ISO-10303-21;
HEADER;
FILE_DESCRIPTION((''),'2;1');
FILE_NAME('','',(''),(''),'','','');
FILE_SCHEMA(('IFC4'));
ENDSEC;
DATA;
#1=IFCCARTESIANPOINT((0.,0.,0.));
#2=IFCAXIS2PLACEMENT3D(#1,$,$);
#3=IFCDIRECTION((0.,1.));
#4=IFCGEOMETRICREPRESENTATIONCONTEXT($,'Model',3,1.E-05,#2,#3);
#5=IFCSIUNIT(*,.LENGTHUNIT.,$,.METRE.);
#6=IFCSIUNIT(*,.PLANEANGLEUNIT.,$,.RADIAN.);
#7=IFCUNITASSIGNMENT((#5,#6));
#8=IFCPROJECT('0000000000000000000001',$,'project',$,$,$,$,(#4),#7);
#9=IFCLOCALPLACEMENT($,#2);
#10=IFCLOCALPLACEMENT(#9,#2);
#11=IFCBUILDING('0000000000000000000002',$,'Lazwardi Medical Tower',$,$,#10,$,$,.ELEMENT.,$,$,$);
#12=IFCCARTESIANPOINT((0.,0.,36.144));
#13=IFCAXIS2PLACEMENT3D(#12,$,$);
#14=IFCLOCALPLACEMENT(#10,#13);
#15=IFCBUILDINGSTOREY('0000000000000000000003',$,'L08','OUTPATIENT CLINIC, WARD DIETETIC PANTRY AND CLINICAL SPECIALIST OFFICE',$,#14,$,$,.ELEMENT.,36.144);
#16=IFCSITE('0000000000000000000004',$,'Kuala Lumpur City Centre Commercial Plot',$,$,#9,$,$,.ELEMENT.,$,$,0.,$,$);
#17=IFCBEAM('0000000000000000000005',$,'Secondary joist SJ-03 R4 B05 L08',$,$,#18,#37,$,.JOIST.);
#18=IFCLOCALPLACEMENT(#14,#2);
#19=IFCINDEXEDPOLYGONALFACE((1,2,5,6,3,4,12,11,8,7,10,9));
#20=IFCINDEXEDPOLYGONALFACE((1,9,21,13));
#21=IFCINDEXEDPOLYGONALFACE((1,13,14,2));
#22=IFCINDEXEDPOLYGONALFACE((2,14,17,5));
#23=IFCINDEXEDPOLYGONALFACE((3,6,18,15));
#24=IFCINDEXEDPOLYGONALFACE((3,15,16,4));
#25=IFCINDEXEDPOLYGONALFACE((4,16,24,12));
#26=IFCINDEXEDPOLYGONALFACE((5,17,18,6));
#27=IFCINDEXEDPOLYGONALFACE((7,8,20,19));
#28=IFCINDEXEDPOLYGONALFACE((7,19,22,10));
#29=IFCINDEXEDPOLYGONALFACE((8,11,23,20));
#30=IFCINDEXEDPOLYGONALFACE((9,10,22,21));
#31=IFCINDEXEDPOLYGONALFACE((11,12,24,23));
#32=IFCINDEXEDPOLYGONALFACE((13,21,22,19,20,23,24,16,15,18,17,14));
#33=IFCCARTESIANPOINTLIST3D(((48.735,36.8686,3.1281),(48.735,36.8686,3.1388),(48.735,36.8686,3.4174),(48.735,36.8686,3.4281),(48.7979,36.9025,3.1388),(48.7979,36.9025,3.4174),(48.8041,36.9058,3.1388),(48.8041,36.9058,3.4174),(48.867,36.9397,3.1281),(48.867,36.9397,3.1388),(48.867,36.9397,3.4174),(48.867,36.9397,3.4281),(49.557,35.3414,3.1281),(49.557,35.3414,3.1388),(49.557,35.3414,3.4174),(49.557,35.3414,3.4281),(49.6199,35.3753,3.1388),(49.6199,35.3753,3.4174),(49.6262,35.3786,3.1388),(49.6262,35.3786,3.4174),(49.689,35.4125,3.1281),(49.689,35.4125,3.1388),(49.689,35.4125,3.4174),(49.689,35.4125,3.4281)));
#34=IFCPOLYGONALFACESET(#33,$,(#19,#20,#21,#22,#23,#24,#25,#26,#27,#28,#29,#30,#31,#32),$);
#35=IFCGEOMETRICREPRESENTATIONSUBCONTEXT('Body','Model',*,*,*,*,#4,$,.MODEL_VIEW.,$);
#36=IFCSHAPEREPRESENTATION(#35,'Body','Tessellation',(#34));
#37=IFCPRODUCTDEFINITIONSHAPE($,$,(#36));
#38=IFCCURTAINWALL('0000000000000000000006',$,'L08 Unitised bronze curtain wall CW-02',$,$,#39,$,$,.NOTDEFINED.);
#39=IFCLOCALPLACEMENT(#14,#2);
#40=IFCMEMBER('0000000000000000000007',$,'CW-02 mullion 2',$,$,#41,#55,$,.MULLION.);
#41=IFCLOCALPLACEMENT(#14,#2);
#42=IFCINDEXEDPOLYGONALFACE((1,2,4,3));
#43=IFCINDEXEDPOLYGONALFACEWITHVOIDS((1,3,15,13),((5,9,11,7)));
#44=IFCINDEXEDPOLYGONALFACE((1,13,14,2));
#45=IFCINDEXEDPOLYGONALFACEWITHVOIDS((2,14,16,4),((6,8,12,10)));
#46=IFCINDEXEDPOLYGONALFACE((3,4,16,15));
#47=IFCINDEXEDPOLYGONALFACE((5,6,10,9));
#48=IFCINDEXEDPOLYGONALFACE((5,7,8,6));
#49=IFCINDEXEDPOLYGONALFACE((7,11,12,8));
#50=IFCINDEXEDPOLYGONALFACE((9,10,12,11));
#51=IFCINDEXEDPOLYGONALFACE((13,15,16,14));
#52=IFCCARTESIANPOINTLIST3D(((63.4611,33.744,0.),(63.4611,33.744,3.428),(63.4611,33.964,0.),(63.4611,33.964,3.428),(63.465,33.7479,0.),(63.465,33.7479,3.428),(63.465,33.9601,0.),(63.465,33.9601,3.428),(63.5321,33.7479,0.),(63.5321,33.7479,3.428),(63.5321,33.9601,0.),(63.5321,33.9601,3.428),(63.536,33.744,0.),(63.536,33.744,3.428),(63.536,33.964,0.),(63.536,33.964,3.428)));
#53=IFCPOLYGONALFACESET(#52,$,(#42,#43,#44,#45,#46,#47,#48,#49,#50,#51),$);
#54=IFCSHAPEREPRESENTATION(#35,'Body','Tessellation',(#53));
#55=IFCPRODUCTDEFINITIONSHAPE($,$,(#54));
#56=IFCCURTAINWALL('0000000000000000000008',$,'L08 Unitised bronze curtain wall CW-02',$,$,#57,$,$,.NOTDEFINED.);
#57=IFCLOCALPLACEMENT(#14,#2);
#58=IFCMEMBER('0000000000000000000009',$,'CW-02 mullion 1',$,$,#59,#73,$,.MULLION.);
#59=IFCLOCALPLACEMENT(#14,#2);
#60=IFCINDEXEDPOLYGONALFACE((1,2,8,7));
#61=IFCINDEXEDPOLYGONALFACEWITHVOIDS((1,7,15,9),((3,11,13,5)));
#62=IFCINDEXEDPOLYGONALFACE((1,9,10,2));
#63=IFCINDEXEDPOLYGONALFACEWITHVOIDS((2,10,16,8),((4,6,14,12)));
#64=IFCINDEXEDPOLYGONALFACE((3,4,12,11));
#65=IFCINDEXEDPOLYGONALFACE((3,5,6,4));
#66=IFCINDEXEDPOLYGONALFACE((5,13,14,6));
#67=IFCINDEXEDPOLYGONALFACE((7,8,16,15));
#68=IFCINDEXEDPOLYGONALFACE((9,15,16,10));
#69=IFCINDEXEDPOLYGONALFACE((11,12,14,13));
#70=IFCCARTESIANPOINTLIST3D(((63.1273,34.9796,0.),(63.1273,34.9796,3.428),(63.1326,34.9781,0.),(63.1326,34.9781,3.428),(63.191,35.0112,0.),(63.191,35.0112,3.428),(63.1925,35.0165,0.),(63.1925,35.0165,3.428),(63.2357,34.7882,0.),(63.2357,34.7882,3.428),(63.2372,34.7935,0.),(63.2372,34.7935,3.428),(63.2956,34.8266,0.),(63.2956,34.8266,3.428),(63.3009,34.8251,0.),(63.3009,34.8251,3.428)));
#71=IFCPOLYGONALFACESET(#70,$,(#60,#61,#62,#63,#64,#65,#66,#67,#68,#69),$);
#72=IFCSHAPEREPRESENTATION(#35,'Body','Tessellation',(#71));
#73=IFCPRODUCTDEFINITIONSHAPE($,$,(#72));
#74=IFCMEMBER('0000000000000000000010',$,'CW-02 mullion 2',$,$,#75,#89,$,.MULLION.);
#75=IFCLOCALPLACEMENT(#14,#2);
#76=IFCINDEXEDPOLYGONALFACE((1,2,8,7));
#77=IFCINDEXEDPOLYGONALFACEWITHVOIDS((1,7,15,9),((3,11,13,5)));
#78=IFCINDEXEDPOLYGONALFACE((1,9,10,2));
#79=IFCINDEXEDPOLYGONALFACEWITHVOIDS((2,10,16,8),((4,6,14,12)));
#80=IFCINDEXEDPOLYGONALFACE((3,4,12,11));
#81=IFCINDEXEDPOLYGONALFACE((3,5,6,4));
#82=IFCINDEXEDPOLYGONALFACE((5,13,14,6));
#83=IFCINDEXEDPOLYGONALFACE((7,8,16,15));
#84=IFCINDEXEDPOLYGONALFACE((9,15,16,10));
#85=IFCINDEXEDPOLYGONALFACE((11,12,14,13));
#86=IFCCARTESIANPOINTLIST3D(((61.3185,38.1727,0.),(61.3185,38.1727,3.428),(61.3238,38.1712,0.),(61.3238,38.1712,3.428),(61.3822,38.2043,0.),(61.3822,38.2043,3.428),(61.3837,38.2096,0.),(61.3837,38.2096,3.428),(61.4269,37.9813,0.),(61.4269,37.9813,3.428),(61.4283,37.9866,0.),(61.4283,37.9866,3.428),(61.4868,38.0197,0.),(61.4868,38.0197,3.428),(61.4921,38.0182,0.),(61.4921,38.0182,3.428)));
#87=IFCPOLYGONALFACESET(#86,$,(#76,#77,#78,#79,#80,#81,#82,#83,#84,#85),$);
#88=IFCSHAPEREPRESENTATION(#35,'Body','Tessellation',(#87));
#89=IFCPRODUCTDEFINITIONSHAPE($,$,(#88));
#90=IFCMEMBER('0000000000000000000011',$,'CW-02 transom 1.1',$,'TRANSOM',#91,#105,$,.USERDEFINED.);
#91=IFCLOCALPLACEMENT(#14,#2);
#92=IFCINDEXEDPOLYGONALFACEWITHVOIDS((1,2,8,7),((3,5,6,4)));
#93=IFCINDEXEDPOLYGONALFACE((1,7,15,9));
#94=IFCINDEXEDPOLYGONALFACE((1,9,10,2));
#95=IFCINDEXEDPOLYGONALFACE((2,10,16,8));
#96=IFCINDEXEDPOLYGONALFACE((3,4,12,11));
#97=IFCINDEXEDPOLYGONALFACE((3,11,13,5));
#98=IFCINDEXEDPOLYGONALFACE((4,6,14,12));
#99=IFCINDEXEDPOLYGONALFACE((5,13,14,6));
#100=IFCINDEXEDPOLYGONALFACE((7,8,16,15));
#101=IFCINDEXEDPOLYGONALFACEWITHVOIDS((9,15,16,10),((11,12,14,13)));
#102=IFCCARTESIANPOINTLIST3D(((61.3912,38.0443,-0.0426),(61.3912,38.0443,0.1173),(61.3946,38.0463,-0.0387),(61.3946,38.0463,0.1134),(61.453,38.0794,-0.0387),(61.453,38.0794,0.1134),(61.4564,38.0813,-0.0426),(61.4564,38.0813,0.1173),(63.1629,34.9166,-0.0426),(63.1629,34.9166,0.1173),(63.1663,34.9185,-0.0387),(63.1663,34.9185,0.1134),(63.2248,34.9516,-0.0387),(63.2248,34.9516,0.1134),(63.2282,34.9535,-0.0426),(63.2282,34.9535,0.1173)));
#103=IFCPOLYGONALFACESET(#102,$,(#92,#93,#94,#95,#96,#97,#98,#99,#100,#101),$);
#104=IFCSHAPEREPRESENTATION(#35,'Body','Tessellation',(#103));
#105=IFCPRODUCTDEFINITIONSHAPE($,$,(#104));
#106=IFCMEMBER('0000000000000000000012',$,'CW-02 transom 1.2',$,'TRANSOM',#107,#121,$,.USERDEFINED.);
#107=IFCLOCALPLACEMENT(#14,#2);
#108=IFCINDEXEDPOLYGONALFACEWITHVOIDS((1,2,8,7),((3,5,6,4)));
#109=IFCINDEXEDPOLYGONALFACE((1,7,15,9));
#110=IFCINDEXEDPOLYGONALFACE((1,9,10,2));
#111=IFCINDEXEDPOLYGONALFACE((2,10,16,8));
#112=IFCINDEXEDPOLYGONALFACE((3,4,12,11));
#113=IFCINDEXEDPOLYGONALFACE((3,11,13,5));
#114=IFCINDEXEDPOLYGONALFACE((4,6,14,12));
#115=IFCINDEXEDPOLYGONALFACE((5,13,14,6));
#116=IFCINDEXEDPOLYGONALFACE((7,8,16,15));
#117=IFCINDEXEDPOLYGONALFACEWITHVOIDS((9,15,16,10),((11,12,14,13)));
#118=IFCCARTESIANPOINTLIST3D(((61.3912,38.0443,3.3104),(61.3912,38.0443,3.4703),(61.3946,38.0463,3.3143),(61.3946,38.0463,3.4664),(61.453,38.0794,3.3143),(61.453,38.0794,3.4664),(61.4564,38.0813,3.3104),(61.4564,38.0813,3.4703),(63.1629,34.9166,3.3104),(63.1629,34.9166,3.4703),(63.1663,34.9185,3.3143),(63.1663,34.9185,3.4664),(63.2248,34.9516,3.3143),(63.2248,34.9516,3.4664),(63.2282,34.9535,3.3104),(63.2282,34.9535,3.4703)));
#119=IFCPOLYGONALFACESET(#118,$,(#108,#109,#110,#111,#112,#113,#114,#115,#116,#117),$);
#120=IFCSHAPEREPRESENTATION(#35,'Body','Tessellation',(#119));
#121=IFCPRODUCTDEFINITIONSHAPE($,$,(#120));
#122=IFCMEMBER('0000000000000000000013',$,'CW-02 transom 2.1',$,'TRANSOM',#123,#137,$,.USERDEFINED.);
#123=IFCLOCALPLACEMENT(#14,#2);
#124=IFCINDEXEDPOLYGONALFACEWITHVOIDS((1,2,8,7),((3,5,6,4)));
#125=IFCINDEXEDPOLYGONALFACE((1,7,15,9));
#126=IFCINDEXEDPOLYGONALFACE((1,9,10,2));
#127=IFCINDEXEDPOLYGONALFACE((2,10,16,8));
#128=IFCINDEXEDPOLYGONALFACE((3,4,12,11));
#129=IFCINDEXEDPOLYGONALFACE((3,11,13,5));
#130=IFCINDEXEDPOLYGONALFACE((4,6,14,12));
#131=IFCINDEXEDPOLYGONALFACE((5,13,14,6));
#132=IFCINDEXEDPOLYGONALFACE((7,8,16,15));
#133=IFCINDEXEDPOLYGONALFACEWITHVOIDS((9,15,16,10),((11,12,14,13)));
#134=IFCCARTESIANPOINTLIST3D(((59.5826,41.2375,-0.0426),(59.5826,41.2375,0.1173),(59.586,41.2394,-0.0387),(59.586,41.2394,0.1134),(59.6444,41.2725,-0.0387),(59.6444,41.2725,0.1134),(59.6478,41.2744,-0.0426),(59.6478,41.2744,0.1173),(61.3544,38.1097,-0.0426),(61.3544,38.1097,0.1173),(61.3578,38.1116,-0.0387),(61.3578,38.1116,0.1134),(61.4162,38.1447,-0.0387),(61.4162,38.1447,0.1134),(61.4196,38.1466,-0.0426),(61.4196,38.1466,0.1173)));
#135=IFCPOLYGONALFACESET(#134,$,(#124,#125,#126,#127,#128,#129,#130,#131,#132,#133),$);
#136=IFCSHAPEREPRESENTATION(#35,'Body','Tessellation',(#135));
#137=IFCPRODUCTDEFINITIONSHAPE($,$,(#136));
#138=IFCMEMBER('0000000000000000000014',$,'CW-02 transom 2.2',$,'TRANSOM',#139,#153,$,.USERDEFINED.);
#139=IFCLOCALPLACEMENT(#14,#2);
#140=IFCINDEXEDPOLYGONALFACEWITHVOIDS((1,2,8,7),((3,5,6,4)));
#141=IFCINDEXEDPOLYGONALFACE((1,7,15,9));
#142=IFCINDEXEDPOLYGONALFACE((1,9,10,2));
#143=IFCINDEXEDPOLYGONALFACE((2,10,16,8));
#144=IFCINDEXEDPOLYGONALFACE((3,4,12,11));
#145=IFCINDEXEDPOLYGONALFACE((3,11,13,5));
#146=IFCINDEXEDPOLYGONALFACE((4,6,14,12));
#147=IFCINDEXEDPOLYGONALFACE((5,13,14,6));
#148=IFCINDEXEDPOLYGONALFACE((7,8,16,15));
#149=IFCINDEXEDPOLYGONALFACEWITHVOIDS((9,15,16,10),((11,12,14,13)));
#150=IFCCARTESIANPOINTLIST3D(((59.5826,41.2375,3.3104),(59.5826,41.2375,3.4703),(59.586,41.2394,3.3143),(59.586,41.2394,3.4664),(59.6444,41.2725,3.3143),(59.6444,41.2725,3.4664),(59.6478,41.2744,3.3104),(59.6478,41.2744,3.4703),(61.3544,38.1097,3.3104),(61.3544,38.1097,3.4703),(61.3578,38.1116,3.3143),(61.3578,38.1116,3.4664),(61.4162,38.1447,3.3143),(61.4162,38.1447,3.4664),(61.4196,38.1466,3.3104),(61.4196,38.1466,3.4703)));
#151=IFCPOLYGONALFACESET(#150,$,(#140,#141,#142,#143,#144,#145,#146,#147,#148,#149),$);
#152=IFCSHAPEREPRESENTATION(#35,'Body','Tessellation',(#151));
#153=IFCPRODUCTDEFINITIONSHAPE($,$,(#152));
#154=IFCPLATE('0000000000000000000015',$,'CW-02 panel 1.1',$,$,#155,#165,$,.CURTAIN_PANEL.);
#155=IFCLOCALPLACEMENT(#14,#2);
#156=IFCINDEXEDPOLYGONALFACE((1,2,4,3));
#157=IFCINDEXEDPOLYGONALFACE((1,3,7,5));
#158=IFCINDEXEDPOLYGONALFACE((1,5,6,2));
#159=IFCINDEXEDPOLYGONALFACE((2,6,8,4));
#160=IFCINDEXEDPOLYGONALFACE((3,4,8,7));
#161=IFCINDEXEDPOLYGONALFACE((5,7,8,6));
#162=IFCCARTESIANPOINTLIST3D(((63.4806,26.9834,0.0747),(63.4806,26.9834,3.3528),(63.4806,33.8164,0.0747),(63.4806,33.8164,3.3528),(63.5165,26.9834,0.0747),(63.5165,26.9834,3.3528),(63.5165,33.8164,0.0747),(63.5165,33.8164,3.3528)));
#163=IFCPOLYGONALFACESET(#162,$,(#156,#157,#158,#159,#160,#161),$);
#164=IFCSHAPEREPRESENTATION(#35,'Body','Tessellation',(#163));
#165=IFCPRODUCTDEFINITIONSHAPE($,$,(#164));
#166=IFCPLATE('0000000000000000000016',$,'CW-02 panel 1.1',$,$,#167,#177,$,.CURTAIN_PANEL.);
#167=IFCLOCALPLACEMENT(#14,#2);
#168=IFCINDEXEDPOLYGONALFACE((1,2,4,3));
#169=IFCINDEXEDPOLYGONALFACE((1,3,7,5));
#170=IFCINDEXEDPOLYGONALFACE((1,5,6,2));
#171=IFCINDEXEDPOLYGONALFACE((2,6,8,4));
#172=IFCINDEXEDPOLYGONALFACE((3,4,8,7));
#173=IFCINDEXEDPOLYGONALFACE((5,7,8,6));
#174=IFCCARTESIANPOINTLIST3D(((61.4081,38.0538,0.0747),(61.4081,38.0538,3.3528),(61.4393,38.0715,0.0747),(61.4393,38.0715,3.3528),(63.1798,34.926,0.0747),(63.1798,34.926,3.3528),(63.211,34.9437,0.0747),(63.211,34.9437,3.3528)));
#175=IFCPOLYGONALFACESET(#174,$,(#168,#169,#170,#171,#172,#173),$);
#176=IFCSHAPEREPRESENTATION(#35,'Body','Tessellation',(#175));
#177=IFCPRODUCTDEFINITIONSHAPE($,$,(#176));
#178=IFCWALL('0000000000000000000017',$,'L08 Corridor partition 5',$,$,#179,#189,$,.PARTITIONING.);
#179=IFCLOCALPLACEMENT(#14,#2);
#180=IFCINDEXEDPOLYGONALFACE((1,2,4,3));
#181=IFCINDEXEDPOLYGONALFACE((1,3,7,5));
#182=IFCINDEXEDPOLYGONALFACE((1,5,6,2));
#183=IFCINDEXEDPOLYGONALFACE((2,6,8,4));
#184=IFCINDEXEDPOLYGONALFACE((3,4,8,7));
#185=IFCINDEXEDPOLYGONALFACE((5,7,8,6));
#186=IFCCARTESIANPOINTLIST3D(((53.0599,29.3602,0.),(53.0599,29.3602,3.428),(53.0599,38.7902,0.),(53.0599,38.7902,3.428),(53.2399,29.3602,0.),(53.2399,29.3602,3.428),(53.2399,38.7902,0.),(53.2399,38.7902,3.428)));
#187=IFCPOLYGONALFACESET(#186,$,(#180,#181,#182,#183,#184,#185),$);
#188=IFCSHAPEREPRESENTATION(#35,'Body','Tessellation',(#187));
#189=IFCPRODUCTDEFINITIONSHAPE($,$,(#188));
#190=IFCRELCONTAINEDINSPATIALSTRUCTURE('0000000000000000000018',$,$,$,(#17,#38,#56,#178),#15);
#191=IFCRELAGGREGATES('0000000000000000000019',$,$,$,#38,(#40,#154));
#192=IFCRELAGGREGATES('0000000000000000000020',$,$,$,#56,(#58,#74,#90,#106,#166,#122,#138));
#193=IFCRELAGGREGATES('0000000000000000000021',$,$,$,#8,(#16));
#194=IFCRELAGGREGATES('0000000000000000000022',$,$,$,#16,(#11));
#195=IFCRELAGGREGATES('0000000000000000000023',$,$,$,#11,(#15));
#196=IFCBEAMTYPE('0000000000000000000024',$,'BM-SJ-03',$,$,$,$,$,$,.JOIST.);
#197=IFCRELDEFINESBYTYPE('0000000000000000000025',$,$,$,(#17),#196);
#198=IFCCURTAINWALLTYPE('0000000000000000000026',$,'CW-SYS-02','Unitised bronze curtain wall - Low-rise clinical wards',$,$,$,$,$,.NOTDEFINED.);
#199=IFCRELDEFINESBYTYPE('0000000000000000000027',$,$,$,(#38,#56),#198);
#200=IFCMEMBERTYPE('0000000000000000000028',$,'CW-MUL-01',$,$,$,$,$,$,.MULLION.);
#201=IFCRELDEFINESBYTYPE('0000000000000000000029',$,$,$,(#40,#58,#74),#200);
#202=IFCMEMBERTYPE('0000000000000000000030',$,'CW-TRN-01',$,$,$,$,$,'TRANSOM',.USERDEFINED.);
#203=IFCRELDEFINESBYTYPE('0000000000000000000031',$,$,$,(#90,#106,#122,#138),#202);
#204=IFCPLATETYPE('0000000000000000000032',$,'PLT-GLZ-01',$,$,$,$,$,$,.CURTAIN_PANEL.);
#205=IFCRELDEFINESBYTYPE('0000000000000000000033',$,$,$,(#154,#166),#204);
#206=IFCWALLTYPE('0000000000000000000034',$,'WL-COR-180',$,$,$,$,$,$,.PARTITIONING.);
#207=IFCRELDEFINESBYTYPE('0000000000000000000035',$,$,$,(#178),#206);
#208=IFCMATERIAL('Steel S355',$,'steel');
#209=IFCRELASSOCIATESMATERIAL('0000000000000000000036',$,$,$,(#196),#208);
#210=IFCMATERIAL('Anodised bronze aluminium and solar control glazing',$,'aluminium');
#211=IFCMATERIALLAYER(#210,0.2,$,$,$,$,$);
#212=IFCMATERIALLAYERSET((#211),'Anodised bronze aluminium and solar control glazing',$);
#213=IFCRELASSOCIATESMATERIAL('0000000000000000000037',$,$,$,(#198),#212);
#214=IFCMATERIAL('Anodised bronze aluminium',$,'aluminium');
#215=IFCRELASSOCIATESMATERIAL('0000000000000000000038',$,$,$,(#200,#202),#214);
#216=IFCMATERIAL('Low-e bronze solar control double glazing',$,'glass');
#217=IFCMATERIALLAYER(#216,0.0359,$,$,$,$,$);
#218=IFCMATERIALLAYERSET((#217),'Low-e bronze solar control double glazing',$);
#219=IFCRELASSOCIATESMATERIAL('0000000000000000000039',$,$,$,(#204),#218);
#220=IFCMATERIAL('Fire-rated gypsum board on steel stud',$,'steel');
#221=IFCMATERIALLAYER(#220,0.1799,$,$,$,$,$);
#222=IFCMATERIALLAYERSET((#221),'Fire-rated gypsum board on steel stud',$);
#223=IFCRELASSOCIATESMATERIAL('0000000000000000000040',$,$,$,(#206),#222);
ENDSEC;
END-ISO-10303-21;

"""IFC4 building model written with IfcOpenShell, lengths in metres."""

from ifc_helpers import new_model, si_unit, direction, frame, frame_2d, origin, origin_2d, place, context, subcontext, project, spatial, rectangle, hollow_rectangle, i_section, extrude, material, layer, layer_set, material_profile, profile_set, type_object, element, aggregate, save


model = new_model("IFC4")

# Units and contexts
model_context = context("Model", 3, precision=1e-05, world=origin(), true_north=direction((0.0, 1.0)))
body_context = subcontext(model_context, "Body", "Model", "MODEL_VIEW")
ifc_project = project(units=[si_unit("LENGTHUNIT", "METRE"), si_unit("PLANEANGLEUNIT", "RADIAN")], contexts=[model_context])

# Site, building, storey
site_placement = place(None, origin())
site = spatial("IfcSite", under=ifc_project, at=site_placement, Name="Kuala Lumpur City Centre Commercial Plot", CompositionType="ELEMENT", RefElevation=0.0)
building_placement = place(site_placement, origin())
building = spatial("IfcBuilding", under=site, at=building_placement, Name="Lazwardi Medical Tower", CompositionType="ELEMENT")
storey_placement = place(building_placement, frame((0.0, 0.0, 36.144)))
storey = spatial("IfcBuildingStorey", under=building, at=storey_placement, Name="L08", Description="OUTPATIENT CLINIC, WARD DIETETIC PANTRY AND CLINICAL SPECIALIST OFFICE", CompositionType="ELEMENT", Elevation=36.144)

# Beam
ifc_material_1 = material(Name="Steel S355", Category="steel")
ifc_material_profile_1 = material_profile(ifc_material_1, i_section(OverallWidth=0.1499, OverallDepth=0.3, WebThickness=0.0071, FlangeThickness=0.0107, at=origin_2d()), Name="IPE 300")
ifc_profile_set_1 = profile_set([ifc_material_profile_1], Name="Steel S355")
beam_type_1 = type_object("IfcBeamType", Name="BM-SJ-03", PredefinedType="JOIST", material=ifc_profile_set_1)
beam_1_placement = place(storey_placement, frame((49.623, 35.377, 3.2781), z_axis=(-0.473982, 0.880534, 0.0), x_axis=(-0.880534, -0.473982, 0.0)))
element("IfcBeam", 1, at=beam_1_placement, inside=storey, type_object=beam_type_1, Name="Secondary joist SJ-03 R4 B05 L08", PredefinedType="JOIST", context=body_context, shape_type="SweptSolid", body=[
    extrude(i_section(OverallWidth=0.1499, OverallDepth=0.3, WebThickness=0.0071, FlangeThickness=0.0107, at=origin_2d()), origin(), (0.0, 0.0, 1.0), 1.7344),
])

# Curtain wall, member
ifc_material_2 = material(Name="Anodised bronze aluminium and solar control glazing", Category="aluminium")
ifc_layer_1 = layer(ifc_material_2, 0.2)
ifc_layer_set_1 = layer_set([ifc_layer_1], Name="Anodised bronze aluminium and solar control glazing")
curtain_wall_type = type_object("IfcCurtainWallType", Name="CW-SYS-02", Description="Unitised bronze curtain wall - Low-rise clinical wards", PredefinedType="NOTDEFINED", material=ifc_layer_set_1)
curtain_wall_1_placement = place(storey_placement, origin())
curtain_wall_1 = element("IfcCurtainWall", 2, at=curtain_wall_1_placement, inside=storey, type_object=curtain_wall_type, Name="L08 Unitised bronze curtain wall CW-02", PredefinedType="NOTDEFINED")
ifc_material_3 = material(Name="Anodised bronze aluminium", Category="aluminium")
ifc_material_profile_2 = material_profile(ifc_material_3, hollow_rectangle(XDim=0.075, YDim=0.22, WallThickness=0.0039, at=origin_2d()), Name="ALU-MULLION 220x75x4")
ifc_profile_set_2 = profile_set([ifc_material_profile_2], Name="Anodised bronze aluminium")
member_type_1 = type_object("IfcMemberType", Name="CW-MUL-01", PredefinedType="MULLION", material=ifc_profile_set_2)
member_1_placement = place(storey_placement, frame((63.4985, 33.854, 0.0), z_axis=(0.0, 0.0, 1.0), x_axis=(-1.0, 0.0, 0.0)))
member_1 = element("IfcMember", 3, at=member_1_placement, type_object=member_type_1, Name="CW-02 mullion 2", PredefinedType="MULLION", context=body_context, shape_type="SweptSolid", body=[
    extrude(hollow_rectangle(XDim=0.075, YDim=0.22, WallThickness=0.0039, at=origin_2d()), origin(), (0.0, 0.0, 1.0), 3.428),
])

# Curtain wall, members
curtain_wall_2_placement = place(storey_placement, origin())
curtain_wall_2 = element("IfcCurtainWall", 4, at=curtain_wall_2_placement, inside=storey, type_object=curtain_wall_type, Name="L08 Unitised bronze curtain wall CW-02", PredefinedType="NOTDEFINED")
member_2_placement = place(storey_placement, frame((63.2141, 34.9023, 0.0), z_axis=(0.0, 0.0, 1.0), x_axis=(-0.870112, -0.492854, 0.0)))
member_2 = element("IfcMember", 5, at=member_2_placement, type_object=member_type_1, Name="CW-02 mullion 1", PredefinedType="MULLION", context=body_context, shape_type="SweptSolid", body=[
    extrude(hollow_rectangle(XDim=0.075, YDim=0.22, WallThickness=0.0039, at=origin_2d()), origin(), (0.0, 0.0, 1.0), 3.428),
])
member_3_placement = place(storey_placement, frame((61.4053, 38.0955, 0.0), z_axis=(0.0, 0.0, 1.0), x_axis=(-0.870112, -0.492854, 0.0)))
member_3 = element("IfcMember", 6, at=member_3_placement, type_object=member_type_1, Name="CW-02 mullion 2", PredefinedType="MULLION", context=body_context, shape_type="SweptSolid", body=[
    extrude(hollow_rectangle(XDim=0.075, YDim=0.22, WallThickness=0.0039, at=origin_2d()), origin(), (0.0, 0.0, 1.0), 3.428),
])
ifc_material_profile_3 = material_profile(ifc_material_3, hollow_rectangle(XDim=0.075, YDim=0.1599, WallThickness=0.0039, at=origin_2d()), Name="ALU-TRANSOM 160x75x4")
ifc_profile_set_3 = profile_set([ifc_material_profile_3], Name="Anodised bronze aluminium")
member_type_2 = type_object("IfcMemberType", Name="CW-TRN-01", ElementType="TRANSOM", PredefinedType="USERDEFINED", material=ifc_profile_set_3)
member_4_placement = place(storey_placement, frame((63.1956, 34.9351, 0.0374), z_axis=(-0.492881, 0.870097, 0.0), x_axis=(-0.870097, -0.492881, 0.0)))
member_4 = element("IfcMember", 7, at=member_4_placement, type_object=member_type_2, Name="CW-02 transom 1.1", ObjectType="TRANSOM", PredefinedType="USERDEFINED", context=body_context, shape_type="SweptSolid", body=[
    extrude(hollow_rectangle(XDim=0.075, YDim=0.1599, WallThickness=0.0039, at=origin_2d()), origin(), (0.0, 0.0, 1.0), 3.5947),
])
member_5_placement = place(storey_placement, frame((63.1956, 34.9351, 3.3904), z_axis=(-0.492881, 0.870097, 0.0), x_axis=(-0.870097, -0.492881, 0.0)))
member_5 = element("IfcMember", 8, at=member_5_placement, type_object=member_type_2, Name="CW-02 transom 1.2", ObjectType="TRANSOM", PredefinedType="USERDEFINED", context=body_context, shape_type="SweptSolid", body=[
    extrude(hollow_rectangle(XDim=0.075, YDim=0.1599, WallThickness=0.0039, at=origin_2d()), origin(), (0.0, 0.0, 1.0), 3.5947),
])
member_6_placement = place(storey_placement, frame((61.387, 38.1282, 0.0374), z_axis=(-0.492881, 0.870097, 0.0), x_axis=(-0.870097, -0.492881, 0.0)))
member_6 = element("IfcMember", 9, at=member_6_placement, type_object=member_type_2, Name="CW-02 transom 2.1", ObjectType="TRANSOM", PredefinedType="USERDEFINED", context=body_context, shape_type="SweptSolid", body=[
    extrude(hollow_rectangle(XDim=0.075, YDim=0.1599, WallThickness=0.0039, at=origin_2d()), origin(), (0.0, 0.0, 1.0), 3.5947),
])
member_7_placement = place(storey_placement, frame((61.387, 38.1282, 3.3904), z_axis=(-0.492881, 0.870097, 0.0), x_axis=(-0.870097, -0.492881, 0.0)))
member_7 = element("IfcMember", 10, at=member_7_placement, type_object=member_type_2, Name="CW-02 transom 2.2", ObjectType="TRANSOM", PredefinedType="USERDEFINED", context=body_context, shape_type="SweptSolid", body=[
    extrude(hollow_rectangle(XDim=0.075, YDim=0.1599, WallThickness=0.0039, at=origin_2d()), origin(), (0.0, 0.0, 1.0), 3.5947),
])

# Plates
ifc_material_4 = material(Name="Low-e bronze solar control double glazing", Category="glass")
ifc_layer_2 = layer(ifc_material_4, 0.0359)
ifc_layer_set_2 = layer_set([ifc_layer_2], Name="Low-e bronze solar control double glazing")
plate_type = type_object("IfcPlateType", Name="PLT-GLZ-01", PredefinedType="CURTAIN_PANEL", material=ifc_layer_set_2)
plate_1_placement = place(storey_placement, frame((63.4985, 30.3999, 0.0747), z_axis=(0.0, 0.0, 1.0), x_axis=(0.0, 1.0, 0.0)))
plate_1 = element("IfcPlate", 11, at=plate_1_placement, type_object=plate_type, Name="CW-02 panel 1.1", PredefinedType="CURTAIN_PANEL", context=body_context, shape_type="SweptSolid", body=[
    extrude(rectangle(XDim=6.833, YDim=0.0359, at=origin_2d()), origin(), (0.0, 0.0, 1.0), 3.2781),
])
aggregate(curtain_wall_1, [member_1, plate_1])
plate_2_placement = place(storey_placement, frame((62.3096, 36.4988, 0.0747), z_axis=(0.0, 0.0, 1.0), x_axis=(-0.492854, 0.870112, 0.0)))
plate_2 = element("IfcPlate", 12, at=plate_2_placement, type_object=plate_type, Name="CW-02 panel 1.1", PredefinedType="CURTAIN_PANEL", context=body_context, shape_type="SweptSolid", body=[
    extrude(rectangle(XDim=3.5947, YDim=0.0359, at=origin_2d()), origin(), (0.0, 0.0, 1.0), 3.2781),
])
aggregate(curtain_wall_2, [member_2, member_3, member_4, member_5, plate_2, member_6, member_7])

# Wall
ifc_material_5 = material(Name="Fire-rated gypsum board on steel stud", Category="steel")
ifc_layer_3 = layer(ifc_material_5, 0.1799)
ifc_layer_set_3 = layer_set([ifc_layer_3], Name="Fire-rated gypsum board on steel stud")
wall_type_1 = type_object("IfcWallType", Name="WL-COR-180", PredefinedType="PARTITIONING", material=ifc_layer_set_3)
wall_1_placement = place(storey_placement, frame((53.1499, 38.79, 0.0), z_axis=(0.0, 0.0, 1.0), x_axis=(0.0, -1.0, 0.0)))
element("IfcWall", 13, at=wall_1_placement, inside=storey, type_object=wall_type_1, Name="L08 Corridor partition 5", PredefinedType="PARTITIONING", context=body_context, shape_type="SweptSolid", body=[
    extrude(rectangle(XDim=9.4299, YDim=0.1799, at=frame_2d((4.7148, 0.0))), origin(), (0.0, 0.0, 1.0), 3.428),
])

save(model, "model.ifc")
